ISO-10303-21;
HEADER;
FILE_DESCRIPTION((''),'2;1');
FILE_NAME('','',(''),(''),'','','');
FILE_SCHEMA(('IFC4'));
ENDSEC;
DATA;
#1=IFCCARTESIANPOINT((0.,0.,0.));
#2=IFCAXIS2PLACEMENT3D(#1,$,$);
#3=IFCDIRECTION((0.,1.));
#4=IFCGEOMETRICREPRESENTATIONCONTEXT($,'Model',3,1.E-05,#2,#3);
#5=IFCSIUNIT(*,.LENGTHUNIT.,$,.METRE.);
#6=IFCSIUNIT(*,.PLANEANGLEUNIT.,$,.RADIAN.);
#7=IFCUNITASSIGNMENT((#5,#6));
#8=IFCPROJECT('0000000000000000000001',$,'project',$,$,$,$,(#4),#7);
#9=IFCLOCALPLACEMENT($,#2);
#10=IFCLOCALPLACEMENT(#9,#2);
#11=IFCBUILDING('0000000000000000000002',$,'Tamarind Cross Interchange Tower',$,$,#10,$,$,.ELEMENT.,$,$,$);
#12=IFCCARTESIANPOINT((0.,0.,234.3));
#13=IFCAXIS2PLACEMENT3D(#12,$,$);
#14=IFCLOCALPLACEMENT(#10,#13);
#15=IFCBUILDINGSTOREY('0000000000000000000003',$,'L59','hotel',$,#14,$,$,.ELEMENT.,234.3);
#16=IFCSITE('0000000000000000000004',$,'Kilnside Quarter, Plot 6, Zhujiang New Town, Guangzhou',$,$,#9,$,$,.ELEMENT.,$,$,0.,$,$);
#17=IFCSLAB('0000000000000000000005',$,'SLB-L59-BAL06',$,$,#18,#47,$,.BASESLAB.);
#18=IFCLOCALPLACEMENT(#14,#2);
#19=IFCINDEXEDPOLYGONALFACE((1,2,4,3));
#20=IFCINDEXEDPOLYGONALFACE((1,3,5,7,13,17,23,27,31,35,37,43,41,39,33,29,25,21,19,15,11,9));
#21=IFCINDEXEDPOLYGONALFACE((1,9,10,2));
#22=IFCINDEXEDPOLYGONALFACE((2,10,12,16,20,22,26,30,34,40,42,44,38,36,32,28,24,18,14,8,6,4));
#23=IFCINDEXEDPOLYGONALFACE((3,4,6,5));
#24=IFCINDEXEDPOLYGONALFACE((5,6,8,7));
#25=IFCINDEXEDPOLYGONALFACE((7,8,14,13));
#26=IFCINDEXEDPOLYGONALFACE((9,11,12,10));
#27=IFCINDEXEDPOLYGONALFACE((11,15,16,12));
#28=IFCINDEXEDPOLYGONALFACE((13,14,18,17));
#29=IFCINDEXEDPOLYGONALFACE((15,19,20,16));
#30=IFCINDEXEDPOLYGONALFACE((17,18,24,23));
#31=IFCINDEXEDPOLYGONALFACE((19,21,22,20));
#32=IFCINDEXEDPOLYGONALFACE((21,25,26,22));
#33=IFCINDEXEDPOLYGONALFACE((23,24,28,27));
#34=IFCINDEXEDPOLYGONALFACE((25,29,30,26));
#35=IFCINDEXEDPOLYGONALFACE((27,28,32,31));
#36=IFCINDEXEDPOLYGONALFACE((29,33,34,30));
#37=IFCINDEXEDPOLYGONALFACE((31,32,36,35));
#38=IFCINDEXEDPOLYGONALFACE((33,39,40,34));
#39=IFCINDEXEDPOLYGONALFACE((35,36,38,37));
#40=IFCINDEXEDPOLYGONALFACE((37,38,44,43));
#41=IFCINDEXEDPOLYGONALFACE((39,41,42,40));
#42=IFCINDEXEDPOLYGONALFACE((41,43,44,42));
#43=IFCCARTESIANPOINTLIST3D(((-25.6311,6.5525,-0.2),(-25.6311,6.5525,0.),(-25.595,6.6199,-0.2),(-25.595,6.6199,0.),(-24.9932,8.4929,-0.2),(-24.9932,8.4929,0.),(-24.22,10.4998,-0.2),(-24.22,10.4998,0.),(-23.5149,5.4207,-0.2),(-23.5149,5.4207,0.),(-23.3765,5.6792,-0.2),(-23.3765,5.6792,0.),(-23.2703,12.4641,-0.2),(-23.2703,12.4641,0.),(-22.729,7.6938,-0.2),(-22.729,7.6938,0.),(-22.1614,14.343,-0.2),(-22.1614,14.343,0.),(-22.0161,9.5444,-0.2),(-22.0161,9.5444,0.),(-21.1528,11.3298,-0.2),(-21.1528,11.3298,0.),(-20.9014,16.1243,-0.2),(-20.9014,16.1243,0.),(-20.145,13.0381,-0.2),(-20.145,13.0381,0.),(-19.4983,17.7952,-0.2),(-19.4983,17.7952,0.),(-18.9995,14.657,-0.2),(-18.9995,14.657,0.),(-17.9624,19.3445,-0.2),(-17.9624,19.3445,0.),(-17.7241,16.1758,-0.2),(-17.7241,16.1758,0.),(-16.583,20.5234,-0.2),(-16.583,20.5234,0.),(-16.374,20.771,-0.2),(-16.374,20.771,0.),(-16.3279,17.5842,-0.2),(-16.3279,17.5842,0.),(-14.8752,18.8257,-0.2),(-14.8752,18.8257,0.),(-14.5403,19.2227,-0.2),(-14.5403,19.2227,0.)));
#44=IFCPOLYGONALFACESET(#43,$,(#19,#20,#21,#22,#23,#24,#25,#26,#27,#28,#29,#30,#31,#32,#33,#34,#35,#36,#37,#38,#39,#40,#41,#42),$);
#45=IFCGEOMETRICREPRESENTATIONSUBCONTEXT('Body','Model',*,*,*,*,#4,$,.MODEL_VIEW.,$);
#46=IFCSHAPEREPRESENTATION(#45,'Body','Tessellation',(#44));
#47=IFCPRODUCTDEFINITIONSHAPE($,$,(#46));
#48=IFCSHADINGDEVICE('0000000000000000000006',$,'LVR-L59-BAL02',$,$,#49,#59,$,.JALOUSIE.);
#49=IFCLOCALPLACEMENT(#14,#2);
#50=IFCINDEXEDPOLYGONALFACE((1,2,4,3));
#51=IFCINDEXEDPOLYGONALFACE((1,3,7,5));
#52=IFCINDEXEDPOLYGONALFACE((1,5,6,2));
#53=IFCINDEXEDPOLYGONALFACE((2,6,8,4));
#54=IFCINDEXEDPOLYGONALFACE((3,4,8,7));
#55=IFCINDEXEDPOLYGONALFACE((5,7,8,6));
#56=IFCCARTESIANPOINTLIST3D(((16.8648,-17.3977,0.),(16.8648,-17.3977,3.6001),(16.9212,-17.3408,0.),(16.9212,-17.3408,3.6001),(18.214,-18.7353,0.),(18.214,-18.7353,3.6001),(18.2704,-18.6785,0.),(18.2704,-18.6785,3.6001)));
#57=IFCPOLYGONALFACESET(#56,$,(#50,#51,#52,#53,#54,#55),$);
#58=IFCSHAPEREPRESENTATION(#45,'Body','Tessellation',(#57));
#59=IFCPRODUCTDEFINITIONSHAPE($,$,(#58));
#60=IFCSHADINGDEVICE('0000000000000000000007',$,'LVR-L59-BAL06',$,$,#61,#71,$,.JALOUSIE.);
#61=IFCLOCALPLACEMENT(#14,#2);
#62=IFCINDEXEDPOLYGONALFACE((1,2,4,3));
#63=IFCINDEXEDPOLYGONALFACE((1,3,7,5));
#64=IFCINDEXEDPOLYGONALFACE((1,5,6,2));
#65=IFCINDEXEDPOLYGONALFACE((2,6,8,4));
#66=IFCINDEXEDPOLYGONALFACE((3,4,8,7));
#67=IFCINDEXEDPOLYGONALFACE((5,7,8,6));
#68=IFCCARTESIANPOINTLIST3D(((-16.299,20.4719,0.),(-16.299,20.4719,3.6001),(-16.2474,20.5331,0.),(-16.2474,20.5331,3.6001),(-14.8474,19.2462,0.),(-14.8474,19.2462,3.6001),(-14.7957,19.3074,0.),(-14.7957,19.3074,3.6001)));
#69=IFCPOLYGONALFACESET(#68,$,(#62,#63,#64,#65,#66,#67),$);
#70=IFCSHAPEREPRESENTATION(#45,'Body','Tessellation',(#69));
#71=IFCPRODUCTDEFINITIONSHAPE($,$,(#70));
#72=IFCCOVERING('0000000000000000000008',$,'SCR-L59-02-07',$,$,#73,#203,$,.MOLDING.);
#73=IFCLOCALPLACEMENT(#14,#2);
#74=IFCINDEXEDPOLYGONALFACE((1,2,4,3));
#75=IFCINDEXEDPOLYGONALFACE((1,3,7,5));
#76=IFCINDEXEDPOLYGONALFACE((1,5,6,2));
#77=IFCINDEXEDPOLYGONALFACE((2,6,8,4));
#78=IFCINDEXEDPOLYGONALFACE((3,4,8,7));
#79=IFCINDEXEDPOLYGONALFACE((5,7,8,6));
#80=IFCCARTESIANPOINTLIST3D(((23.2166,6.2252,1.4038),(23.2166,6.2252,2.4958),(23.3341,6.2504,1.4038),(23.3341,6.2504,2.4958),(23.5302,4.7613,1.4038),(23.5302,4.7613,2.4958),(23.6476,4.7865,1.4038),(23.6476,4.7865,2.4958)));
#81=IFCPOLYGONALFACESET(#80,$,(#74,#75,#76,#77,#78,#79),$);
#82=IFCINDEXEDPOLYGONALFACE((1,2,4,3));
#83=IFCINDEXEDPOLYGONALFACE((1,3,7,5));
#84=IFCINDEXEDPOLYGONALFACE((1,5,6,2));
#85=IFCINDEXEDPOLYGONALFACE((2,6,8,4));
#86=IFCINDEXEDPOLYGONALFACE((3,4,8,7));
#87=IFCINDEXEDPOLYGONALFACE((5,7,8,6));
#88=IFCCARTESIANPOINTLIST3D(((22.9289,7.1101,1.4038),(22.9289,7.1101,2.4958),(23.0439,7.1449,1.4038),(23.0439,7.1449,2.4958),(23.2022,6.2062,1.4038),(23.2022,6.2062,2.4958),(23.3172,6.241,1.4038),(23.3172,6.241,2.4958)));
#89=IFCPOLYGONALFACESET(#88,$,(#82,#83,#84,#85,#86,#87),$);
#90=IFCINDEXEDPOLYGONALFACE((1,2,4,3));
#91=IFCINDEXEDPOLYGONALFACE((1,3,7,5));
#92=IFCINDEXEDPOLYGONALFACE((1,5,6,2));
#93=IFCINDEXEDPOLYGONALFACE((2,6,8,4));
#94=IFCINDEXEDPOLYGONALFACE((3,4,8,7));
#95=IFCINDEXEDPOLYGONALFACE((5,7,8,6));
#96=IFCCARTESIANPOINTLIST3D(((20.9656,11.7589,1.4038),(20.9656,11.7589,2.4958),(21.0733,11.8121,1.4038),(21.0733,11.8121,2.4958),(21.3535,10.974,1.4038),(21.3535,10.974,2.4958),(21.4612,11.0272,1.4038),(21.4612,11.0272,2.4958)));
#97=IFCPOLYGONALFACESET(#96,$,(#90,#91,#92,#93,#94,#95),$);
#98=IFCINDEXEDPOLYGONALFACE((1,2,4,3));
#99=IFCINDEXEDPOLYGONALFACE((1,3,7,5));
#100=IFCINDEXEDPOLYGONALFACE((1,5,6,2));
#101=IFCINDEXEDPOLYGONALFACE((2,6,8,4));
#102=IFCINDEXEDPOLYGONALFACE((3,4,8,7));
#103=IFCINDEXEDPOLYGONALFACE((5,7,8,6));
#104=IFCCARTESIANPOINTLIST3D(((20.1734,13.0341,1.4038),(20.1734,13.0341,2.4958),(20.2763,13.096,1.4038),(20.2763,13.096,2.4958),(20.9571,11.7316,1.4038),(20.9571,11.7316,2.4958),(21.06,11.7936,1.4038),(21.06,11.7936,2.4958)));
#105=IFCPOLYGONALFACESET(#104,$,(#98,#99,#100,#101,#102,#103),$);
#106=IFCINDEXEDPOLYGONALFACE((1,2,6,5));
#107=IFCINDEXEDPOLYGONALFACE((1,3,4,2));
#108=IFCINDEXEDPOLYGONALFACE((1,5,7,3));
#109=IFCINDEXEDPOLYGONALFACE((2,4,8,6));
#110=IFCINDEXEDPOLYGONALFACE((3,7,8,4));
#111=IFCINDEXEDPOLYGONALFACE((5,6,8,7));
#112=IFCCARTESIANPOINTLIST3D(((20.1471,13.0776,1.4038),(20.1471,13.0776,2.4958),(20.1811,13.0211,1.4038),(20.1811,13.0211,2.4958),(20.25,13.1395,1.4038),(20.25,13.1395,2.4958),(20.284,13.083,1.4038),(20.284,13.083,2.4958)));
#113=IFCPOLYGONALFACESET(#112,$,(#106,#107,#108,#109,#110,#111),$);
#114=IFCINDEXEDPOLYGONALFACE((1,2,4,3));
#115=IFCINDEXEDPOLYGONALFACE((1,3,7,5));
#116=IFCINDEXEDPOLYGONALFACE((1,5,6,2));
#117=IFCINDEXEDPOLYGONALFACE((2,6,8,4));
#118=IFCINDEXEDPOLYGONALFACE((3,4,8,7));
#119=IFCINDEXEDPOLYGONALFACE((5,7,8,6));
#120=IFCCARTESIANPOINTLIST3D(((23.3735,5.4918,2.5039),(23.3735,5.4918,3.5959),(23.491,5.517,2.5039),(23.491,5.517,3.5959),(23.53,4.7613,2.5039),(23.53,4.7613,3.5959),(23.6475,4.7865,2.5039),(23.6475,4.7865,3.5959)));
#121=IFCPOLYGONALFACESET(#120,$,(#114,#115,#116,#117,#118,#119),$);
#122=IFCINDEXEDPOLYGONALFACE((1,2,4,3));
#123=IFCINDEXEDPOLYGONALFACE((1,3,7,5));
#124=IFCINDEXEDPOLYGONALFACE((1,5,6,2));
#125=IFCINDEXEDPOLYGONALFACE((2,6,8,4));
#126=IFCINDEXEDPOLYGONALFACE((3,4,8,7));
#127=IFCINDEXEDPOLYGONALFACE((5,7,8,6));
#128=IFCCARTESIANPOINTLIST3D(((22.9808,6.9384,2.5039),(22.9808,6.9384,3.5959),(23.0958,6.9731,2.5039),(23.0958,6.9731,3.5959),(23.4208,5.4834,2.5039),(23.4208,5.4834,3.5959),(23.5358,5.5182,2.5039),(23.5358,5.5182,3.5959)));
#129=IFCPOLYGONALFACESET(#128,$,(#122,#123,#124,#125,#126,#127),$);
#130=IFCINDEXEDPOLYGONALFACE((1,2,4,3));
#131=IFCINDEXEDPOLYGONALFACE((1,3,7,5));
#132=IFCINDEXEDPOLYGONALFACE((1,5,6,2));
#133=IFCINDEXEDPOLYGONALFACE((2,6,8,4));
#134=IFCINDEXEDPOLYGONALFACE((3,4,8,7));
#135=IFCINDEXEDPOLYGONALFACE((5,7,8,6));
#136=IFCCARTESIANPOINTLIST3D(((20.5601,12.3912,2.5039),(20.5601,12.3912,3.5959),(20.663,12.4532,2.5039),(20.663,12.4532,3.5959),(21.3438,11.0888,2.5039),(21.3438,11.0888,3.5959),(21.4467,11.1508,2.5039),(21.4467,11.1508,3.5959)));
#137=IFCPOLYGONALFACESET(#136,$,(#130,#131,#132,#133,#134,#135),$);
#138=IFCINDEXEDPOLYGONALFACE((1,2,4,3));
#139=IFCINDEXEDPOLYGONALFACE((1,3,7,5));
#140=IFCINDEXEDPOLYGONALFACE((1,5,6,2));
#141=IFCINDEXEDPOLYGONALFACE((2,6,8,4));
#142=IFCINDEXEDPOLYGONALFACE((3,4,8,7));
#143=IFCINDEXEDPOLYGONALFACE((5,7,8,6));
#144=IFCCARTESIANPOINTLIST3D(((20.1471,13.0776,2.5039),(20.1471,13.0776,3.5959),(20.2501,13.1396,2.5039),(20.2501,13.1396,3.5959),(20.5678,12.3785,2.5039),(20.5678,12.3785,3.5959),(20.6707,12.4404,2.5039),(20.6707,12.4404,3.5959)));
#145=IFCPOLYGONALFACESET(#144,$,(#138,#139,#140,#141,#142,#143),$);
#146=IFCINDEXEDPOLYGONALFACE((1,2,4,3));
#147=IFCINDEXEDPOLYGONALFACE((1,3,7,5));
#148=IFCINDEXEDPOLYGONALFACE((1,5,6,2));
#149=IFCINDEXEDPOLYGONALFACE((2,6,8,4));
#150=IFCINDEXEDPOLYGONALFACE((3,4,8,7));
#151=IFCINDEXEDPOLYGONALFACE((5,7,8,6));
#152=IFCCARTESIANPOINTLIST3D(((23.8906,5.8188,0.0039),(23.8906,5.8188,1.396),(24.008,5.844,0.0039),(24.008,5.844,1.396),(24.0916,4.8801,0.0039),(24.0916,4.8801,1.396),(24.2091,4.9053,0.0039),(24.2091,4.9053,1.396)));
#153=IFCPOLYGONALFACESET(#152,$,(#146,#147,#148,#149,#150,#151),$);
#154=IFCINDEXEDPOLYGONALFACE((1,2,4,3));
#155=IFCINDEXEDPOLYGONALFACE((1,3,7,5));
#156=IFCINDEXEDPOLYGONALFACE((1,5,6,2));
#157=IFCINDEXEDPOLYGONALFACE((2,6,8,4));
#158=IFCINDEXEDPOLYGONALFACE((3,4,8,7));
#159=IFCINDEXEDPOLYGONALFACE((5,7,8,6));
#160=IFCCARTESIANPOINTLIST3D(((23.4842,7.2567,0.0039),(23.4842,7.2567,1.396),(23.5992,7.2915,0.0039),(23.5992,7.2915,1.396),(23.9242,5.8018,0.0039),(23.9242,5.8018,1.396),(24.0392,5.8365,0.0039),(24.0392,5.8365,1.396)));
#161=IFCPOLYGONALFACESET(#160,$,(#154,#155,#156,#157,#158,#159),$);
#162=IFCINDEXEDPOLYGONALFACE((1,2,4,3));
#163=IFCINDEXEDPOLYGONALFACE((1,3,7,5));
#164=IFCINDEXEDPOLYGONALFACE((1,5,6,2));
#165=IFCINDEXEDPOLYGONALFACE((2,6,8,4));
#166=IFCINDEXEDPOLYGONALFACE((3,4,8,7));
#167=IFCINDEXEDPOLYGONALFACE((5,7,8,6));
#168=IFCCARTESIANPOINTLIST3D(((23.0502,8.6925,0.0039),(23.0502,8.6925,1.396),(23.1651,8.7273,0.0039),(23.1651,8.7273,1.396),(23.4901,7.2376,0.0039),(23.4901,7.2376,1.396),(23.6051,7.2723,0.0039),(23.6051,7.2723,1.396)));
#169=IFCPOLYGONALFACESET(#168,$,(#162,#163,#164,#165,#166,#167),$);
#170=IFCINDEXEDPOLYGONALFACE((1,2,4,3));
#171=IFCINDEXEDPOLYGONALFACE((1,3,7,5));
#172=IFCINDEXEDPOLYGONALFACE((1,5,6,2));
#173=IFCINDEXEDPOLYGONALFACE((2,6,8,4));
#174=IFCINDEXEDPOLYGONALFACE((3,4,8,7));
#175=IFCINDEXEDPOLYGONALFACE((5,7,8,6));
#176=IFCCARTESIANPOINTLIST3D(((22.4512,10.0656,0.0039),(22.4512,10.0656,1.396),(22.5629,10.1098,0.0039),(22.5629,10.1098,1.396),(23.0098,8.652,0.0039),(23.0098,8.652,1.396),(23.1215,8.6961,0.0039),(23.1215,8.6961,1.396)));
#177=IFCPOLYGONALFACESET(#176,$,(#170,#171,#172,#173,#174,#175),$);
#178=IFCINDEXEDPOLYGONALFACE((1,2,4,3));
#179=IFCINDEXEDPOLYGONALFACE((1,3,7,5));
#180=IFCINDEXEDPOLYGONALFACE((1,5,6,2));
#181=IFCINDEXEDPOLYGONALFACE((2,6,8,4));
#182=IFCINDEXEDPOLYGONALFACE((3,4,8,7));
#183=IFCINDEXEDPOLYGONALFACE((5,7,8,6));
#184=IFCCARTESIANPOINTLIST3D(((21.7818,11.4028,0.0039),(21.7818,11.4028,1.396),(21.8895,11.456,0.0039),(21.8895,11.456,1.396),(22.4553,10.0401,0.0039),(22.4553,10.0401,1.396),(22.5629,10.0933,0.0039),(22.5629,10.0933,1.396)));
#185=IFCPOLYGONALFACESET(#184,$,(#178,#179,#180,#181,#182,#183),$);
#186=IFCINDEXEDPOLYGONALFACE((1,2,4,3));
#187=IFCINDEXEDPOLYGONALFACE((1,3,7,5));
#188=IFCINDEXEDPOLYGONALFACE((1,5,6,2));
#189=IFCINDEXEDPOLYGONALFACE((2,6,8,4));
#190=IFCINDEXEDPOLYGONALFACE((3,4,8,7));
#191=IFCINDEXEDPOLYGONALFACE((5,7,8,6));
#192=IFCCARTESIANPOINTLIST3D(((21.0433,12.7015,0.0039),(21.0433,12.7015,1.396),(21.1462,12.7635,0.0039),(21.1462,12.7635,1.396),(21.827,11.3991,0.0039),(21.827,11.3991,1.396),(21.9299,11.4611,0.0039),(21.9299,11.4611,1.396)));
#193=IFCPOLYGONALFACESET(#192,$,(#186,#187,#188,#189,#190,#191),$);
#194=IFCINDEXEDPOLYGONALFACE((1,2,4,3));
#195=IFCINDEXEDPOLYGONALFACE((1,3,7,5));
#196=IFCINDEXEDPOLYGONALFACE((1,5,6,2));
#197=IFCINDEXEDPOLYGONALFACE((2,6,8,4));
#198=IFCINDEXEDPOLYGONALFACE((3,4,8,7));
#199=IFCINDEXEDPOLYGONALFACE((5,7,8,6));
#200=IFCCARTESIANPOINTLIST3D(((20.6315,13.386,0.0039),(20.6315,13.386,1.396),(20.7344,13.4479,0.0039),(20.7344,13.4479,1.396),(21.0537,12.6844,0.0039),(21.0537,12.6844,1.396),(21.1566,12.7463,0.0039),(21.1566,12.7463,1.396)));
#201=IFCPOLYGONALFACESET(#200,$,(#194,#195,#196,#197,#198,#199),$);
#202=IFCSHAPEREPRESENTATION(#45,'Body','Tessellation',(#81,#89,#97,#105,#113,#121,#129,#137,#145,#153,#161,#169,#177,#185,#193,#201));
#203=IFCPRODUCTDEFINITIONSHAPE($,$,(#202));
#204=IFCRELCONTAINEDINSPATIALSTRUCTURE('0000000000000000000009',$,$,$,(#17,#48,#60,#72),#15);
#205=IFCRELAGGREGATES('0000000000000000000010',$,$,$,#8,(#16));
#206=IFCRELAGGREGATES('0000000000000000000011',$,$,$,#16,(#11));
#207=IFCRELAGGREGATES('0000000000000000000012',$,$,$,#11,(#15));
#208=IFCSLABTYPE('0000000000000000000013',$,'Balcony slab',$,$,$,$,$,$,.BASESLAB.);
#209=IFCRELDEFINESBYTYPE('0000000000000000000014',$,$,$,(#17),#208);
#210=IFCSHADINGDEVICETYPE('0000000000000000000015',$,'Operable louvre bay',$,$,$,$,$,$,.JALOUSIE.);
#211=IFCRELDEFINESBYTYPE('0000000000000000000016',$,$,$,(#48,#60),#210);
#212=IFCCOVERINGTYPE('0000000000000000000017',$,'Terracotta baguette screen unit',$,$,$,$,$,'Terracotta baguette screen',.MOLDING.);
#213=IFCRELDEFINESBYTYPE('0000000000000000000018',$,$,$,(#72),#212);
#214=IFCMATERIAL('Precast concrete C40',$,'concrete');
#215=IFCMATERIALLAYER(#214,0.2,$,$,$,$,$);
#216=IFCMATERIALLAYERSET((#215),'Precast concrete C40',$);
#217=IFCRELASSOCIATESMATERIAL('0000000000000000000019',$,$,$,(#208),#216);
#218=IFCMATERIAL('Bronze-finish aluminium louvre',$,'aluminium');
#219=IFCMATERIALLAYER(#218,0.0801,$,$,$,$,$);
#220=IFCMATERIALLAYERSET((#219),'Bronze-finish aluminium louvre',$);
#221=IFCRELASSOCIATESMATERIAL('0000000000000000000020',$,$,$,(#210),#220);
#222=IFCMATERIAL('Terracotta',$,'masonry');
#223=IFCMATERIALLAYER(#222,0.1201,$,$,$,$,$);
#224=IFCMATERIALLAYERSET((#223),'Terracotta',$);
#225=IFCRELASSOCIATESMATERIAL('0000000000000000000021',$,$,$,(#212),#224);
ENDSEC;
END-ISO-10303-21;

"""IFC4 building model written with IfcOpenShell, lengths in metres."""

from ifc_helpers import new_model, si_unit, direction, frame, origin, origin_2d, place, context, subcontext, project, spatial, polyline, rectangle, outline, extrude, material, layer, layer_set, type_object, element, save


model = new_model("IFC4")

# Units and contexts
model_context = context("Model", 3, precision=1e-05, world=origin(), true_north=direction((0.0, 1.0)))
body_context = subcontext(model_context, "Body", "Model", "MODEL_VIEW")
ifc_project = project(units=[si_unit("LENGTHUNIT", "METRE"), si_unit("PLANEANGLEUNIT", "RADIAN")], contexts=[model_context])

# Site, building, storey
site_placement = place(None, origin())
site = spatial("IfcSite", under=ifc_project, at=site_placement, Name="Kilnside Quarter, Plot 6, Zhujiang New Town, Guangzhou", CompositionType="ELEMENT", RefElevation=0.0)
building_placement = place(site_placement, origin())
building = spatial("IfcBuilding", under=site, at=building_placement, Name="Tamarind Cross Interchange Tower", CompositionType="ELEMENT")
storey_placement = place(building_placement, frame((0.0, 0.0, 234.3)))
storey = spatial("IfcBuildingStorey", under=building, at=storey_placement, Name="L59", Description="hotel", CompositionType="ELEMENT", Elevation=234.3)

# Slab
ifc_material_1 = material(Name="Precast concrete C40", Category="concrete")
ifc_layer_1 = layer(ifc_material_1, 0.2)
ifc_layer_set_1 = layer_set([ifc_layer_1], Name="Precast concrete C40")
slab_type = type_object("IfcSlabType", Name="Balcony slab", PredefinedType="BASESLAB", material=ifc_layer_set_1)
slab_1_placement = place(storey_placement, frame((0.0, 0.0, -0.2)))
element("IfcSlab", 1, at=slab_1_placement, inside=storey, type_object=slab_type, Name="SLB-L59-BAL06", PredefinedType="BASESLAB", context=body_context, shape_type="SweptSolid", body=[
    extrude(outline(polyline([(-14.5403, 19.2227), (-14.8752, 18.8257), (-16.3279, 17.5842), (-17.7241, 16.1758), (-18.9995, 14.657), (-20.145, 13.0381), (-21.1528, 11.3298), (-22.0161, 9.5444), (-22.729, 7.6938), (-23.3765, 5.6792), (-23.5149, 5.4207), (-25.6311, 6.5525), (-25.595, 6.6199), (-24.9932, 8.4929), (-24.22, 10.4998), (-23.2703, 12.4641), (-22.1614, 14.343), (-20.9014, 16.1243), (-19.4983, 17.7952), (-17.9624, 19.3445), (-16.583, 20.5234), (-16.374, 20.771), (-14.5403, 19.2227)])), origin(), (0.0, 0.0, 1.0), 0.2),
])

# Shading devices
ifc_material_2 = material(Name="Bronze-finish aluminium louvre", Category="aluminium")
ifc_layer_2 = layer(ifc_material_2, 0.0801)
ifc_layer_set_2 = layer_set([ifc_layer_2], Name="Bronze-finish aluminium louvre")
shading_device_type = type_object("IfcShadingDeviceType", Name="Operable louvre bay", PredefinedType="JALOUSIE", material=ifc_layer_set_2)
shading_device_1_placement = place(storey_placement, origin())
element("IfcShadingDevice", 2, at=shading_device_1_placement, inside=storey, type_object=shading_device_type, Name="LVR-L59-BAL02", PredefinedType="JALOUSIE", context=body_context, shape_type="SweptSolid", body=[
    extrude(rectangle(XDim=1.8999, YDim=0.0801, at=origin_2d()), frame((17.5676, -18.0381, 0.0), z_axis=(0.0, 0.0, 1.0), x_axis=(0.710143, -0.704057, 0.0)), (0.0, 0.0, 1.0), 3.6001),
])
shading_device_2_placement = place(storey_placement, origin())
element("IfcShadingDevice", 3, at=shading_device_2_placement, inside=storey, type_object=shading_device_type, Name="LVR-L59-BAL06", PredefinedType="JALOUSIE", context=body_context, shape_type="SweptSolid", body=[
    extrude(rectangle(XDim=1.8999, YDim=0.0801, at=origin_2d()), frame((-15.5474, 19.8896, 0.0), z_axis=(0.0, 0.0, 1.0), x_axis=(-0.764058, 0.645147, 0.0)), (0.0, 0.0, 1.0), 3.6001),
])

# Covering
ifc_material_3 = material(Name="Terracotta", Category="masonry")
ifc_layer_3 = layer(ifc_material_3, 0.1201)
ifc_layer_set_3 = layer_set([ifc_layer_3], Name="Terracotta")
covering_type = type_object("IfcCoveringType", Name="Terracotta baguette screen unit", ElementType="Terracotta baguette screen", PredefinedType="MOLDING", material=ifc_layer_set_3)
covering_1_placement = place(storey_placement, origin())
element("IfcCovering", 4, at=covering_1_placement, inside=storey, type_object=covering_type, Name="SCR-L59-02-07", PredefinedType="MOLDING", context=body_context, shape_type="SweptSolid", body=[
    extrude(rectangle(XDim=1.4971, YDim=0.1201, at=origin_2d()), frame((23.4321, 5.5059, 1.4038), z_axis=(0.0, 0.0, 1.0), x_axis=(-0.209425, 0.977825, 0.0)), (0.0, 0.0, 1.0), 1.092),
    extrude(rectangle(XDim=0.9443, YDim=0.1201, at=origin_2d()), frame((23.123, 6.6755, 1.4038), z_axis=(0.0, 0.0, 1.0), x_axis=(-0.289458, 0.957191, 0.0)), (0.0, 0.0, 1.0), 1.092),
    extrude(rectangle(XDim=0.8755, YDim=0.1201, at=origin_2d()), frame((21.2134, 11.3931, 1.4038), z_axis=(0.0, 0.0, 1.0), x_axis=(-0.443059, 0.896493, 0.0)), (0.0, 0.0, 1.0), 1.092),
    extrude(rectangle(XDim=1.52, YDim=0.1201, at=origin_2d()), frame((20.6167, 12.4138, 1.4038), z_axis=(0.0, 0.0, 1.0), x_axis=(-0.515577, 0.856843, 0.0)), (0.0, 0.0, 1.0), 1.092),
    extrude(rectangle(XDim=0.0659, YDim=0.1201, at=origin_2d()), frame((20.2156, 13.0803, 1.4038), z_axis=(0.0, 0.0, 1.0), x_axis=(-0.515577, 0.856843, 0.0)), (0.0, 0.0, 1.0), 1.092),
    extrude(rectangle(XDim=0.7471, YDim=0.1201, at=origin_2d()), frame((23.5105, 5.1392, 2.5039), z_axis=(0.0, 0.0, 1.0), x_axis=(-0.209425, 0.977825, 0.0)), (0.0, 0.0, 1.0), 1.092),
    extrude(rectangle(XDim=1.52, YDim=0.1201, at=origin_2d()), frame((23.2583, 6.2283, 2.5039), z_axis=(0.0, 0.0, 1.0), x_axis=(-0.289458, 0.957191, 0.0)), (0.0, 0.0, 1.0), 1.092),
    extrude(rectangle(XDim=1.52, YDim=0.1201, at=origin_2d()), frame((21.0034, 11.771, 2.5039), z_axis=(0.0, 0.0, 1.0), x_axis=(-0.515577, 0.856843, 0.0)), (0.0, 0.0, 1.0), 1.092),
    extrude(rectangle(XDim=0.8159, YDim=0.1201, at=origin_2d()), frame((20.4089, 12.759, 2.5039), z_axis=(0.0, 0.0, 1.0), x_axis=(-0.515577, 0.856843, 0.0)), (0.0, 0.0, 1.0), 1.092),
    extrude(rectangle(XDim=0.96, YDim=0.1201, at=origin_2d()), frame((24.0498, 5.3621, 0.0039), z_axis=(0.0, 0.0, 1.0), x_axis=(-0.209425, 0.977825, 0.0)), (0.0, 0.0, 1.0), 1.3921),
    extrude(rectangle(XDim=1.52, YDim=0.1201, at=origin_2d()), frame((23.7617, 6.5466, 0.0039), z_axis=(0.0, 0.0, 1.0), x_axis=(-0.289458, 0.957191, 0.0)), (0.0, 0.0, 1.0), 1.3921),
    extrude(rectangle(XDim=1.52, YDim=0.1201, at=origin_2d()), frame((23.3276, 7.9824, 0.0039), z_axis=(0.0, 0.0, 1.0), x_axis=(-0.289458, 0.957191, 0.0)), (0.0, 0.0, 1.0), 1.3921),
    extrude(rectangle(XDim=1.52, YDim=0.1201, at=origin_2d()), frame((22.7864, 9.3809, 0.0039), z_axis=(0.0, 0.0, 1.0), x_axis=(-0.367514, 0.930018, 0.0)), (0.0, 0.0, 1.0), 1.3921),
    extrude(rectangle(XDim=1.52, YDim=0.1201, at=origin_2d()), frame((22.1724, 10.748, 0.0039), z_axis=(0.0, 0.0, 1.0), x_axis=(-0.443059, 0.896493, 0.0)), (0.0, 0.0, 1.0), 1.3921),
    extrude(rectangle(XDim=1.52, YDim=0.1201, at=origin_2d()), frame((21.4866, 12.0813, 0.0039), z_axis=(0.0, 0.0, 1.0), x_axis=(-0.515577, 0.856843, 0.0)), (0.0, 0.0, 1.0), 1.3921),
    extrude(rectangle(XDim=0.8188, YDim=0.1201, at=origin_2d()), frame((20.894, 13.0662, 0.0039), z_axis=(0.0, 0.0, 1.0), x_axis=(-0.515577, 0.856843, 0.0)), (0.0, 0.0, 1.0), 1.3921),
])

save(model, "model.ifc")
